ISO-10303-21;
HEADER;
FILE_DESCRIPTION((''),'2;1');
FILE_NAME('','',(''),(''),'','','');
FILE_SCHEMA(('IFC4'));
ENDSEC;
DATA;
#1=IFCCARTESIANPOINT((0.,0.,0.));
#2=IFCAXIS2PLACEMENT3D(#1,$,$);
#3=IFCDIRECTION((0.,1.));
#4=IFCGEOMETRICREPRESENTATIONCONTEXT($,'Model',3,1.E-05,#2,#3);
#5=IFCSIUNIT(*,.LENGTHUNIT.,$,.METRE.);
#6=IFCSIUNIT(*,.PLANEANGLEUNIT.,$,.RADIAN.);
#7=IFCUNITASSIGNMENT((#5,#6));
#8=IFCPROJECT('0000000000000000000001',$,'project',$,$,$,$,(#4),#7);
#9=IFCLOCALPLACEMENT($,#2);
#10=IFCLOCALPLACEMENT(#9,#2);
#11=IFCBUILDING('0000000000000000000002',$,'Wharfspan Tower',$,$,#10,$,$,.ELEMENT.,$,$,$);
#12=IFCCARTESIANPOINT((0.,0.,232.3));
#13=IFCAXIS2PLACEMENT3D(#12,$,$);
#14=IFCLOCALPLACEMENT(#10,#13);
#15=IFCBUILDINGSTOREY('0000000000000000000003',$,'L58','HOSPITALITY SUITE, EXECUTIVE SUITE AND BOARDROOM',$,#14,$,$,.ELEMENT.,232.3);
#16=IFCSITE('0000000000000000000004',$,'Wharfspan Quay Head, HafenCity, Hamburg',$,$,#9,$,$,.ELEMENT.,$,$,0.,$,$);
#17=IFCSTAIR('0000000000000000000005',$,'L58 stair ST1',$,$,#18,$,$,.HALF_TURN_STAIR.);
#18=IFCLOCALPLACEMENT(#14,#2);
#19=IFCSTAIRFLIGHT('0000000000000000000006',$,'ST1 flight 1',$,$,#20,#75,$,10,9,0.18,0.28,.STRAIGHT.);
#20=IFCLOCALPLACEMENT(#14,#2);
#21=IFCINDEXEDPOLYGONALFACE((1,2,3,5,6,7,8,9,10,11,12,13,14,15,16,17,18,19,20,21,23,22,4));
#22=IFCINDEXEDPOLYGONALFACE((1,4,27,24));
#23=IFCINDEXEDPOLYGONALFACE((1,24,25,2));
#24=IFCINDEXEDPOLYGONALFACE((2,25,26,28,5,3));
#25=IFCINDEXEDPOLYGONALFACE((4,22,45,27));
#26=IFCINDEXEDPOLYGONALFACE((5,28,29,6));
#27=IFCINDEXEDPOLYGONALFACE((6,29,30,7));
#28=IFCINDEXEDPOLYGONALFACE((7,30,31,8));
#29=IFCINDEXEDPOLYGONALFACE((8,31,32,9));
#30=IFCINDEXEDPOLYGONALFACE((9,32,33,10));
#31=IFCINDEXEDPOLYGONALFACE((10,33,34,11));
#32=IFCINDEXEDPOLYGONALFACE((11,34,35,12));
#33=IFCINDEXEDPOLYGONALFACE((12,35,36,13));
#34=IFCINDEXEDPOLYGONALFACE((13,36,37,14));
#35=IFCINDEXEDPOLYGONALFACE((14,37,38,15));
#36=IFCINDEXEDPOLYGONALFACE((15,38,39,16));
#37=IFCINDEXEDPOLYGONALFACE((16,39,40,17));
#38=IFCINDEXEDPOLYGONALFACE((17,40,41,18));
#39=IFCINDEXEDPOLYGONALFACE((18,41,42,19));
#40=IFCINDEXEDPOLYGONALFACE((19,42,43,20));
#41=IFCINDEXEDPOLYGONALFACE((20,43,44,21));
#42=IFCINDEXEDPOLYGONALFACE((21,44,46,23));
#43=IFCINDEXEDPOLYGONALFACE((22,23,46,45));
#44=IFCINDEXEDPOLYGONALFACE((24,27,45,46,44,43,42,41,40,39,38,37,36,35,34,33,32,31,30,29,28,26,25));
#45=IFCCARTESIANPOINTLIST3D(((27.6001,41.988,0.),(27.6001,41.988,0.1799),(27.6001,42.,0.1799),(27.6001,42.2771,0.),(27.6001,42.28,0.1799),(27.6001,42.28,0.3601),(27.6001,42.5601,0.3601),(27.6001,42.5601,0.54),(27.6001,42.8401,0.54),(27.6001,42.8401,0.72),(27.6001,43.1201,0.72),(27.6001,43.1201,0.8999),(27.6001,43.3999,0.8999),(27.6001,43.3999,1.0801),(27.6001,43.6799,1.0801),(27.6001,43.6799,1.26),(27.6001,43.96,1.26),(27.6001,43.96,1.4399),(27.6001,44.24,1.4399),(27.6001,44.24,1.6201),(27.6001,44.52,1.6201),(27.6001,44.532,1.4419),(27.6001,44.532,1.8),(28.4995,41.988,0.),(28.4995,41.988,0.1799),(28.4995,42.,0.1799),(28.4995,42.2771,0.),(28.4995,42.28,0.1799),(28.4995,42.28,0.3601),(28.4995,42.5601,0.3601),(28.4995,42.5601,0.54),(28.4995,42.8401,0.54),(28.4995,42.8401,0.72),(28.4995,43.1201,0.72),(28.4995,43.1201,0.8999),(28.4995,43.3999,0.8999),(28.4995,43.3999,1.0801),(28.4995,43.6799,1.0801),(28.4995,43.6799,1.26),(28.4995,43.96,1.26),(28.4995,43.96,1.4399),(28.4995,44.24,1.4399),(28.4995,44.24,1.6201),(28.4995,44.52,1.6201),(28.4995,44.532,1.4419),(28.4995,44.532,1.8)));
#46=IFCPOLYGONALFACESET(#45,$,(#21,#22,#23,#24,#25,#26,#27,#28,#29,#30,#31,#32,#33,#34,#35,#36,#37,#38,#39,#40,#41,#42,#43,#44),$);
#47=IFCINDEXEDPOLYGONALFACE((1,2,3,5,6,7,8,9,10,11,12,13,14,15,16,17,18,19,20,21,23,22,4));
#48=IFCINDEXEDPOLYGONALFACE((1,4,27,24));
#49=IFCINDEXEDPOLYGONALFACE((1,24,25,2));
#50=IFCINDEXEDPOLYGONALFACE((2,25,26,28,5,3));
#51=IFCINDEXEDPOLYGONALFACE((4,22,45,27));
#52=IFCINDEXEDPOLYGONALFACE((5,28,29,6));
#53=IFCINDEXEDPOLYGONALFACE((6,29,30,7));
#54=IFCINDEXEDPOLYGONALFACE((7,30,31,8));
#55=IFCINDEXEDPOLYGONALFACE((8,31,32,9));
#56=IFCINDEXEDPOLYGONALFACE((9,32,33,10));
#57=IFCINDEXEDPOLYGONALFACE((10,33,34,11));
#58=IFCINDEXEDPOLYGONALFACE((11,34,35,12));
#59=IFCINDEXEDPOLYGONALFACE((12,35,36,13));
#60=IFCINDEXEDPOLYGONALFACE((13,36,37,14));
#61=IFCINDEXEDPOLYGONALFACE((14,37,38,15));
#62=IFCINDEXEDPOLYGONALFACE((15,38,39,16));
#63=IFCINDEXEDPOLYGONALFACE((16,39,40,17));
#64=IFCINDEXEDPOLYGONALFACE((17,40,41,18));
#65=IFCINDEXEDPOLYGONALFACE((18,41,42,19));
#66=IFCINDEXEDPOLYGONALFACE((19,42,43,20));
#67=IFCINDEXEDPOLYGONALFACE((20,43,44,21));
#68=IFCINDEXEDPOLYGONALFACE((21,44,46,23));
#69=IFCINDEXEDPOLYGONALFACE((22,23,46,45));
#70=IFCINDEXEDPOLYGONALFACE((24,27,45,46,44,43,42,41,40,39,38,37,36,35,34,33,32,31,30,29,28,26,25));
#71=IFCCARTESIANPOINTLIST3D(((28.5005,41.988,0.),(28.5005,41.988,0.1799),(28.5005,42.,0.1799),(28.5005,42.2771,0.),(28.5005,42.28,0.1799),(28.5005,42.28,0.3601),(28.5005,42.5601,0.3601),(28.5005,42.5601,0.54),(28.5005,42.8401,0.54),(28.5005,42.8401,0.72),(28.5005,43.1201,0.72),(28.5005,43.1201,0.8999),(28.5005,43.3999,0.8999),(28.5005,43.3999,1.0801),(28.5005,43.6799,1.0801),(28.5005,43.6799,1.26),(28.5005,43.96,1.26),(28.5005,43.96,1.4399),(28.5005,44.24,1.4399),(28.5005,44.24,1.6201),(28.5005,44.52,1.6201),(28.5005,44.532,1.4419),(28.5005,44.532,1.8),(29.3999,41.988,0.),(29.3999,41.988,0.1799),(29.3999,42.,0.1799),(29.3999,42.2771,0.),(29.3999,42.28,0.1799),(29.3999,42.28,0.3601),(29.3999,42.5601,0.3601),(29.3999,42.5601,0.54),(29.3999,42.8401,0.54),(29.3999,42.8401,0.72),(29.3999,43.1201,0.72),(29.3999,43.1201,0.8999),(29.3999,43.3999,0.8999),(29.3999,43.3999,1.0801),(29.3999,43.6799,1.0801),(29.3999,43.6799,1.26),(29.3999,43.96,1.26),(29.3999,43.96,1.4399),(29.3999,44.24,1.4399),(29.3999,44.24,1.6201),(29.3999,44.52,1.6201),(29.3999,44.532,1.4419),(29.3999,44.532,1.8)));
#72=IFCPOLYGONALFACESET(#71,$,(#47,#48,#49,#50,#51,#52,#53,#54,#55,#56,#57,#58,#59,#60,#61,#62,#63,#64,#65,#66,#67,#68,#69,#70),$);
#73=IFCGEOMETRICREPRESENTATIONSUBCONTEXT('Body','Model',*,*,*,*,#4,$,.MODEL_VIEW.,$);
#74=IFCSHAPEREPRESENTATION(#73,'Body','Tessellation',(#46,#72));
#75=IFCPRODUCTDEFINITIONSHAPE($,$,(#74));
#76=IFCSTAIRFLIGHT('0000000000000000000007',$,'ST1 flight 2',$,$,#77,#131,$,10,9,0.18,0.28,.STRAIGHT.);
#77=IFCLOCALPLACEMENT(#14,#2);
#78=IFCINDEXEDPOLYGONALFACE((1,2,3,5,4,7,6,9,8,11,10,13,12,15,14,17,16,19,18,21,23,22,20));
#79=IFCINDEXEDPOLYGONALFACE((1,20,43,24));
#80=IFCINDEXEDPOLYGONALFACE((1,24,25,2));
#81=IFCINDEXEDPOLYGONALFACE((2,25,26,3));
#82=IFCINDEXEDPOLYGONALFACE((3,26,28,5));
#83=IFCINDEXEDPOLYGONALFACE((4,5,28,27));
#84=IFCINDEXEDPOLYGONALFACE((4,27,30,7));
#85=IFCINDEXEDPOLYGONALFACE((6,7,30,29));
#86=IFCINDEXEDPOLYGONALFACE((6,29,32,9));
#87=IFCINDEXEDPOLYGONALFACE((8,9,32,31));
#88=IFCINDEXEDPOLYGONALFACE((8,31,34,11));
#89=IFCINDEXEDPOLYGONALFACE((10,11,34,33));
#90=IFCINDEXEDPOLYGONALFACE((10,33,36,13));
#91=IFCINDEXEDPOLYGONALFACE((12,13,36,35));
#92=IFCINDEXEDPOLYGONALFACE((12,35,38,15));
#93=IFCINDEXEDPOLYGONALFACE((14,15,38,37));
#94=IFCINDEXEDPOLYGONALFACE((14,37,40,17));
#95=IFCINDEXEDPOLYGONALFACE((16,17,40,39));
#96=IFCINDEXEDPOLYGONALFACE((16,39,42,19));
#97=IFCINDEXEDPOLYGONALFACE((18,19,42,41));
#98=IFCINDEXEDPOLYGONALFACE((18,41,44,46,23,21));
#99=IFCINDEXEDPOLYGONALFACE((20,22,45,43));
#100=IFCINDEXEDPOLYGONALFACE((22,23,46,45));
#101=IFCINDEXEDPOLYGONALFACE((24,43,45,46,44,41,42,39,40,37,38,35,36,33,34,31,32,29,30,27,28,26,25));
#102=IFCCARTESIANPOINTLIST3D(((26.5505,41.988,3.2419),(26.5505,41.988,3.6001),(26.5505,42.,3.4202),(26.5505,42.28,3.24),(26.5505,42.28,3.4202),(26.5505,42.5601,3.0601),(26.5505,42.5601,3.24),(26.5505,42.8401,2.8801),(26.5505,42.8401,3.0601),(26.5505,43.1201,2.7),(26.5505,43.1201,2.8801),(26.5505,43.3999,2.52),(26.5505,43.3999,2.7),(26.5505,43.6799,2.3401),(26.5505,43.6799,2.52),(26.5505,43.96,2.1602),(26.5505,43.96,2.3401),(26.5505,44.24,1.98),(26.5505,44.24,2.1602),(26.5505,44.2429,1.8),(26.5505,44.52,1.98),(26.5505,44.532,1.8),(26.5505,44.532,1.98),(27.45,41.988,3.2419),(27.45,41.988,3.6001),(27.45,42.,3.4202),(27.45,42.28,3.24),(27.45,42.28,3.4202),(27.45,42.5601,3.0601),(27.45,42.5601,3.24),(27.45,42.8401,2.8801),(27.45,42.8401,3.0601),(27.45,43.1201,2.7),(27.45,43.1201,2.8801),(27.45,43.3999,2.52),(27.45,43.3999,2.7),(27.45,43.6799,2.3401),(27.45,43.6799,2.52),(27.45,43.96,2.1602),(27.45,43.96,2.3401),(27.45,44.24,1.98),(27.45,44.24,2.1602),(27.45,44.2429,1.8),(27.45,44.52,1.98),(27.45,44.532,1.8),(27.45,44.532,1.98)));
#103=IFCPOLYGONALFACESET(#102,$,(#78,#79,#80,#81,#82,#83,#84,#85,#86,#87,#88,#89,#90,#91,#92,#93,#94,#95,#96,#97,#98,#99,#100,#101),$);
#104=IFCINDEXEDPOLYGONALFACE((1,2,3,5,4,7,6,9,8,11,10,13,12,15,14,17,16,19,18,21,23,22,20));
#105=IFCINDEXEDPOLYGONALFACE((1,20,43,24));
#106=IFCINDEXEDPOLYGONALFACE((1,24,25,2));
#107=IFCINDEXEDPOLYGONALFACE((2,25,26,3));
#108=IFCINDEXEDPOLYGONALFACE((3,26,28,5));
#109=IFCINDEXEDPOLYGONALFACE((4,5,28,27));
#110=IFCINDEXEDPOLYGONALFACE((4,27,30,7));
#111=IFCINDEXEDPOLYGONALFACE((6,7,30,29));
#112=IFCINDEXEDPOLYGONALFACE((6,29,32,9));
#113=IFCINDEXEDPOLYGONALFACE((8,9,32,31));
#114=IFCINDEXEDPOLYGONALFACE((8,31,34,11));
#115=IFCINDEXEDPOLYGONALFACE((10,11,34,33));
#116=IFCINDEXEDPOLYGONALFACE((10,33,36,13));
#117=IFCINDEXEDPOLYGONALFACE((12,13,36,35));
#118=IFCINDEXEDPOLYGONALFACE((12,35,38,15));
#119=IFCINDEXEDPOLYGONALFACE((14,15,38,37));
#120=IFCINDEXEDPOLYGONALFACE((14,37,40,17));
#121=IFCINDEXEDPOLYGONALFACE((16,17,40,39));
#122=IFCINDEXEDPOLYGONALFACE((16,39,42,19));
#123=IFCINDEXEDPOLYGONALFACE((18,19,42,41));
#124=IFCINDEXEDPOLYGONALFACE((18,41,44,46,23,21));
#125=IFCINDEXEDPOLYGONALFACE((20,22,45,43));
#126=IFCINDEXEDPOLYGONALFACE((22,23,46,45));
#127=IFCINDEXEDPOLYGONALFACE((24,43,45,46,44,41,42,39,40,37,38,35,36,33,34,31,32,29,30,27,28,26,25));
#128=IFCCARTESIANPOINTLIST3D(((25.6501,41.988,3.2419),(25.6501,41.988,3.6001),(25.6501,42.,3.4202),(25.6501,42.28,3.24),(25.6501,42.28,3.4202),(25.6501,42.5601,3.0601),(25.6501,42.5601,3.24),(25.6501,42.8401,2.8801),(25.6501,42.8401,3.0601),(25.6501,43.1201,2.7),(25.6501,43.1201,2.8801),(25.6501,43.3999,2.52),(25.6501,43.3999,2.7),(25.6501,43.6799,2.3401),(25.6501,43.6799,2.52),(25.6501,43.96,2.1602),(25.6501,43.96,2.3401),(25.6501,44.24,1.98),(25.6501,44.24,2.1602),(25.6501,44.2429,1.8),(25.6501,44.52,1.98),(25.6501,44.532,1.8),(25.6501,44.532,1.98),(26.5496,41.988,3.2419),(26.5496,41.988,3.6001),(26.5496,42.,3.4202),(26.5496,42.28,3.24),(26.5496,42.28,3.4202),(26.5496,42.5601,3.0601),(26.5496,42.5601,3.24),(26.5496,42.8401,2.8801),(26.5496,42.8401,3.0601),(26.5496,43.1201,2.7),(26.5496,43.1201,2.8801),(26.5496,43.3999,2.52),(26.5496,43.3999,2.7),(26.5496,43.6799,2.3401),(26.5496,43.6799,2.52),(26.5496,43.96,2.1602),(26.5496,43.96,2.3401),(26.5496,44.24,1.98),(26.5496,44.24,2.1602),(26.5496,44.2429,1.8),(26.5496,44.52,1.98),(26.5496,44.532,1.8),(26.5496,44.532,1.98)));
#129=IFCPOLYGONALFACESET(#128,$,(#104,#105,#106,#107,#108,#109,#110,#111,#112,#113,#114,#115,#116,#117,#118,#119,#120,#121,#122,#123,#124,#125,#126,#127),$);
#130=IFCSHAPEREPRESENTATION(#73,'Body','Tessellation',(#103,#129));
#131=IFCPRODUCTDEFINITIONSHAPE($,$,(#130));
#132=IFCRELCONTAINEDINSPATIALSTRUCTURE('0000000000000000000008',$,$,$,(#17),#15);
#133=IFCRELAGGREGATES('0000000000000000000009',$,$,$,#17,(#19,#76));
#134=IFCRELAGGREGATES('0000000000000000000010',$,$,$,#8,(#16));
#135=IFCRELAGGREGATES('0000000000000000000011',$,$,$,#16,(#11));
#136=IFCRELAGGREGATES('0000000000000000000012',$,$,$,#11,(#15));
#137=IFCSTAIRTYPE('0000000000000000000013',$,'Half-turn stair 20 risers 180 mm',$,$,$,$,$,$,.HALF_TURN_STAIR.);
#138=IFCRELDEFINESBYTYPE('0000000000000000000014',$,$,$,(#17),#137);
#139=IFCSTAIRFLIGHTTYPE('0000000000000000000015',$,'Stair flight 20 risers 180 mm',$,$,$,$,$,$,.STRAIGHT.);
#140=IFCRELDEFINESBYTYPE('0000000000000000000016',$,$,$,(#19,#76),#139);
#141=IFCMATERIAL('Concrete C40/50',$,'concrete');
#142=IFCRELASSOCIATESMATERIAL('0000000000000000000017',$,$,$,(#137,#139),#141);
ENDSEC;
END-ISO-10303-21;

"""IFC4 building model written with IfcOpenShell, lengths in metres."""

from ifc_helpers import new_model, si_unit, direction, frame, origin, place, context, subcontext, project, spatial, polyline, outline, extrude, material, type_object, element, aggregate, save


model = new_model("IFC4")

# Units and contexts
model_context = context("Model", 3, precision=1e-05, world=origin(), true_north=direction((0.0, 1.0)))
body_context = subcontext(model_context, "Body", "Model", "MODEL_VIEW")
ifc_project = project(units=[si_unit("LENGTHUNIT", "METRE"), si_unit("PLANEANGLEUNIT", "RADIAN")], contexts=[model_context])

# Site, building, storey
site_placement = place(None, origin())
site = spatial("IfcSite", under=ifc_project, at=site_placement, Name="Wharfspan Quay Head, HafenCity, Hamburg", CompositionType="ELEMENT", RefElevation=0.0)
building_placement = place(site_placement, origin())
building = spatial("IfcBuilding", under=site, at=building_placement, Name="Wharfspan Tower", CompositionType="ELEMENT")
storey_placement = place(building_placement, frame((0.0, 0.0, 232.3)))
storey = spatial("IfcBuildingStorey", under=building, at=storey_placement, Name="L58", Description="HOSPITALITY SUITE, EXECUTIVE SUITE AND BOARDROOM", CompositionType="ELEMENT", Elevation=232.3)

# Shared definitions
ifc_material_1 = material(Name="Concrete C40/50", Category="concrete")

# Stair, stair flights
stair_type = type_object("IfcStairType", Name="Half-turn stair 20 risers 180 mm", PredefinedType="HALF_TURN_STAIR", material=ifc_material_1)
stair_placement = place(storey_placement, origin())
stair = element("IfcStair", 1, at=stair_placement, inside=storey, type_object=stair_type, Name="L58 stair ST1", PredefinedType="HALF_TURN_STAIR")
stair_flight_type = type_object("IfcStairFlightType", Name="Stair flight 20 risers 180 mm", PredefinedType="STRAIGHT", material=ifc_material_1)
stair_flight_1_placement = place(storey_placement, frame((28.5, 42.0, 0.0), z_axis=(0.0, 0.0, 1.0), x_axis=(0.0, 1.0, 0.0)))
stair_flight_1 = element("IfcStairFlight", 2, at=stair_flight_1_placement, type_object=stair_flight_type, Name="ST1 flight 1", NumberOfRisers=10, NumberOfTreads=9, PredefinedType="STRAIGHT", RiserHeight=0.18, TreadLength=0.28, context=body_context, shape_type="SweptSolid", body=[
    extrude(outline(polyline([(-0.012, 0.0), (-0.012, 0.1799), (0.0, 0.1799), (0.28, 0.1799), (0.28, 0.3601), (0.5601, 0.3601), (0.5601, 0.54), (0.8401, 0.54), (0.8401, 0.72), (1.1201, 0.72), (1.1201, 0.8999), (1.3999, 0.8999), (1.3999, 1.0801), (1.6799, 1.0801), (1.6799, 1.26), (1.96, 1.26), (1.96, 1.4399), (2.24, 1.4399), (2.24, 1.6201), (2.52, 1.6201), (2.532, 1.8), (2.532, 1.4419), (0.2771, 0.0), (-0.012, 0.0)])), frame((0.0, 0.8999, 0.0), z_axis=(0.0, -1.0, 0.0), x_axis=(1.0, 0.0, 0.0)), (0.0, 0.0, 1.0), 0.8994),
    extrude(outline(polyline([(-0.012, 0.0), (-0.012, 0.1799), (0.0, 0.1799), (0.28, 0.1799), (0.28, 0.3601), (0.5601, 0.3601), (0.5601, 0.54), (0.8401, 0.54), (0.8401, 0.72), (1.1201, 0.72), (1.1201, 0.8999), (1.3999, 0.8999), (1.3999, 1.0801), (1.6799, 1.0801), (1.6799, 1.26), (1.96, 1.26), (1.96, 1.4399), (2.24, 1.4399), (2.24, 1.6201), (2.52, 1.6201), (2.532, 1.8), (2.532, 1.4419), (0.2771, 0.0), (-0.012, 0.0)])), frame((0.0, -0.0005, 0.0), z_axis=(0.0, -1.0, 0.0), x_axis=(1.0, 0.0, 0.0)), (0.0, 0.0, 1.0), 0.8994),
])
stair_flight_2_placement = place(storey_placement, frame((26.55, 44.52, 1.8), z_axis=(0.0, 0.0, 1.0), x_axis=(0.0, -1.0, 0.0)))
stair_flight_2 = element("IfcStairFlight", 3, at=stair_flight_2_placement, type_object=stair_flight_type, Name="ST1 flight 2", NumberOfRisers=10, NumberOfTreads=9, PredefinedType="STRAIGHT", RiserHeight=0.18, TreadLength=0.28, context=body_context, shape_type="SweptSolid", body=[
    extrude(outline(polyline([(-0.012, 0.0), (-0.012, 0.1799), (0.0, 0.1799), (0.28, 0.1799), (0.28, 0.3601), (0.5601, 0.3601), (0.5601, 0.54), (0.8401, 0.54), (0.8401, 0.72), (1.1201, 0.72), (1.1201, 0.8999), (1.3999, 0.8999), (1.3999, 1.0801), (1.6799, 1.0801), (1.6799, 1.26), (1.96, 1.26), (1.96, 1.4399), (2.24, 1.4399), (2.24, 1.6201), (2.52, 1.6201), (2.532, 1.8), (2.532, 1.4419), (0.2771, 0.0), (-0.012, 0.0)])), frame((0.0, 0.8999, 0.0), z_axis=(0.0, -1.0, 0.0), x_axis=(1.0, 0.0, 0.0)), (0.0, 0.0, 1.0), 0.8994),
    extrude(outline(polyline([(-0.012, 0.0), (-0.012, 0.1799), (0.0, 0.1799), (0.28, 0.1799), (0.28, 0.3601), (0.5601, 0.3601), (0.5601, 0.54), (0.8401, 0.54), (0.8401, 0.72), (1.1201, 0.72), (1.1201, 0.8999), (1.3999, 0.8999), (1.3999, 1.0801), (1.6799, 1.0801), (1.6799, 1.26), (1.96, 1.26), (1.96, 1.4399), (2.24, 1.4399), (2.24, 1.6201), (2.52, 1.6201), (2.532, 1.8), (2.532, 1.4419), (0.2771, 0.0), (-0.012, 0.0)])), frame((0.0, -0.0005, 0.0), z_axis=(0.0, -1.0, 0.0), x_axis=(1.0, 0.0, 0.0)), (0.0, 0.0, 1.0), 0.8994),
])
aggregate(stair, [stair_flight_1, stair_flight_2])

save(model, "model.ifc")
